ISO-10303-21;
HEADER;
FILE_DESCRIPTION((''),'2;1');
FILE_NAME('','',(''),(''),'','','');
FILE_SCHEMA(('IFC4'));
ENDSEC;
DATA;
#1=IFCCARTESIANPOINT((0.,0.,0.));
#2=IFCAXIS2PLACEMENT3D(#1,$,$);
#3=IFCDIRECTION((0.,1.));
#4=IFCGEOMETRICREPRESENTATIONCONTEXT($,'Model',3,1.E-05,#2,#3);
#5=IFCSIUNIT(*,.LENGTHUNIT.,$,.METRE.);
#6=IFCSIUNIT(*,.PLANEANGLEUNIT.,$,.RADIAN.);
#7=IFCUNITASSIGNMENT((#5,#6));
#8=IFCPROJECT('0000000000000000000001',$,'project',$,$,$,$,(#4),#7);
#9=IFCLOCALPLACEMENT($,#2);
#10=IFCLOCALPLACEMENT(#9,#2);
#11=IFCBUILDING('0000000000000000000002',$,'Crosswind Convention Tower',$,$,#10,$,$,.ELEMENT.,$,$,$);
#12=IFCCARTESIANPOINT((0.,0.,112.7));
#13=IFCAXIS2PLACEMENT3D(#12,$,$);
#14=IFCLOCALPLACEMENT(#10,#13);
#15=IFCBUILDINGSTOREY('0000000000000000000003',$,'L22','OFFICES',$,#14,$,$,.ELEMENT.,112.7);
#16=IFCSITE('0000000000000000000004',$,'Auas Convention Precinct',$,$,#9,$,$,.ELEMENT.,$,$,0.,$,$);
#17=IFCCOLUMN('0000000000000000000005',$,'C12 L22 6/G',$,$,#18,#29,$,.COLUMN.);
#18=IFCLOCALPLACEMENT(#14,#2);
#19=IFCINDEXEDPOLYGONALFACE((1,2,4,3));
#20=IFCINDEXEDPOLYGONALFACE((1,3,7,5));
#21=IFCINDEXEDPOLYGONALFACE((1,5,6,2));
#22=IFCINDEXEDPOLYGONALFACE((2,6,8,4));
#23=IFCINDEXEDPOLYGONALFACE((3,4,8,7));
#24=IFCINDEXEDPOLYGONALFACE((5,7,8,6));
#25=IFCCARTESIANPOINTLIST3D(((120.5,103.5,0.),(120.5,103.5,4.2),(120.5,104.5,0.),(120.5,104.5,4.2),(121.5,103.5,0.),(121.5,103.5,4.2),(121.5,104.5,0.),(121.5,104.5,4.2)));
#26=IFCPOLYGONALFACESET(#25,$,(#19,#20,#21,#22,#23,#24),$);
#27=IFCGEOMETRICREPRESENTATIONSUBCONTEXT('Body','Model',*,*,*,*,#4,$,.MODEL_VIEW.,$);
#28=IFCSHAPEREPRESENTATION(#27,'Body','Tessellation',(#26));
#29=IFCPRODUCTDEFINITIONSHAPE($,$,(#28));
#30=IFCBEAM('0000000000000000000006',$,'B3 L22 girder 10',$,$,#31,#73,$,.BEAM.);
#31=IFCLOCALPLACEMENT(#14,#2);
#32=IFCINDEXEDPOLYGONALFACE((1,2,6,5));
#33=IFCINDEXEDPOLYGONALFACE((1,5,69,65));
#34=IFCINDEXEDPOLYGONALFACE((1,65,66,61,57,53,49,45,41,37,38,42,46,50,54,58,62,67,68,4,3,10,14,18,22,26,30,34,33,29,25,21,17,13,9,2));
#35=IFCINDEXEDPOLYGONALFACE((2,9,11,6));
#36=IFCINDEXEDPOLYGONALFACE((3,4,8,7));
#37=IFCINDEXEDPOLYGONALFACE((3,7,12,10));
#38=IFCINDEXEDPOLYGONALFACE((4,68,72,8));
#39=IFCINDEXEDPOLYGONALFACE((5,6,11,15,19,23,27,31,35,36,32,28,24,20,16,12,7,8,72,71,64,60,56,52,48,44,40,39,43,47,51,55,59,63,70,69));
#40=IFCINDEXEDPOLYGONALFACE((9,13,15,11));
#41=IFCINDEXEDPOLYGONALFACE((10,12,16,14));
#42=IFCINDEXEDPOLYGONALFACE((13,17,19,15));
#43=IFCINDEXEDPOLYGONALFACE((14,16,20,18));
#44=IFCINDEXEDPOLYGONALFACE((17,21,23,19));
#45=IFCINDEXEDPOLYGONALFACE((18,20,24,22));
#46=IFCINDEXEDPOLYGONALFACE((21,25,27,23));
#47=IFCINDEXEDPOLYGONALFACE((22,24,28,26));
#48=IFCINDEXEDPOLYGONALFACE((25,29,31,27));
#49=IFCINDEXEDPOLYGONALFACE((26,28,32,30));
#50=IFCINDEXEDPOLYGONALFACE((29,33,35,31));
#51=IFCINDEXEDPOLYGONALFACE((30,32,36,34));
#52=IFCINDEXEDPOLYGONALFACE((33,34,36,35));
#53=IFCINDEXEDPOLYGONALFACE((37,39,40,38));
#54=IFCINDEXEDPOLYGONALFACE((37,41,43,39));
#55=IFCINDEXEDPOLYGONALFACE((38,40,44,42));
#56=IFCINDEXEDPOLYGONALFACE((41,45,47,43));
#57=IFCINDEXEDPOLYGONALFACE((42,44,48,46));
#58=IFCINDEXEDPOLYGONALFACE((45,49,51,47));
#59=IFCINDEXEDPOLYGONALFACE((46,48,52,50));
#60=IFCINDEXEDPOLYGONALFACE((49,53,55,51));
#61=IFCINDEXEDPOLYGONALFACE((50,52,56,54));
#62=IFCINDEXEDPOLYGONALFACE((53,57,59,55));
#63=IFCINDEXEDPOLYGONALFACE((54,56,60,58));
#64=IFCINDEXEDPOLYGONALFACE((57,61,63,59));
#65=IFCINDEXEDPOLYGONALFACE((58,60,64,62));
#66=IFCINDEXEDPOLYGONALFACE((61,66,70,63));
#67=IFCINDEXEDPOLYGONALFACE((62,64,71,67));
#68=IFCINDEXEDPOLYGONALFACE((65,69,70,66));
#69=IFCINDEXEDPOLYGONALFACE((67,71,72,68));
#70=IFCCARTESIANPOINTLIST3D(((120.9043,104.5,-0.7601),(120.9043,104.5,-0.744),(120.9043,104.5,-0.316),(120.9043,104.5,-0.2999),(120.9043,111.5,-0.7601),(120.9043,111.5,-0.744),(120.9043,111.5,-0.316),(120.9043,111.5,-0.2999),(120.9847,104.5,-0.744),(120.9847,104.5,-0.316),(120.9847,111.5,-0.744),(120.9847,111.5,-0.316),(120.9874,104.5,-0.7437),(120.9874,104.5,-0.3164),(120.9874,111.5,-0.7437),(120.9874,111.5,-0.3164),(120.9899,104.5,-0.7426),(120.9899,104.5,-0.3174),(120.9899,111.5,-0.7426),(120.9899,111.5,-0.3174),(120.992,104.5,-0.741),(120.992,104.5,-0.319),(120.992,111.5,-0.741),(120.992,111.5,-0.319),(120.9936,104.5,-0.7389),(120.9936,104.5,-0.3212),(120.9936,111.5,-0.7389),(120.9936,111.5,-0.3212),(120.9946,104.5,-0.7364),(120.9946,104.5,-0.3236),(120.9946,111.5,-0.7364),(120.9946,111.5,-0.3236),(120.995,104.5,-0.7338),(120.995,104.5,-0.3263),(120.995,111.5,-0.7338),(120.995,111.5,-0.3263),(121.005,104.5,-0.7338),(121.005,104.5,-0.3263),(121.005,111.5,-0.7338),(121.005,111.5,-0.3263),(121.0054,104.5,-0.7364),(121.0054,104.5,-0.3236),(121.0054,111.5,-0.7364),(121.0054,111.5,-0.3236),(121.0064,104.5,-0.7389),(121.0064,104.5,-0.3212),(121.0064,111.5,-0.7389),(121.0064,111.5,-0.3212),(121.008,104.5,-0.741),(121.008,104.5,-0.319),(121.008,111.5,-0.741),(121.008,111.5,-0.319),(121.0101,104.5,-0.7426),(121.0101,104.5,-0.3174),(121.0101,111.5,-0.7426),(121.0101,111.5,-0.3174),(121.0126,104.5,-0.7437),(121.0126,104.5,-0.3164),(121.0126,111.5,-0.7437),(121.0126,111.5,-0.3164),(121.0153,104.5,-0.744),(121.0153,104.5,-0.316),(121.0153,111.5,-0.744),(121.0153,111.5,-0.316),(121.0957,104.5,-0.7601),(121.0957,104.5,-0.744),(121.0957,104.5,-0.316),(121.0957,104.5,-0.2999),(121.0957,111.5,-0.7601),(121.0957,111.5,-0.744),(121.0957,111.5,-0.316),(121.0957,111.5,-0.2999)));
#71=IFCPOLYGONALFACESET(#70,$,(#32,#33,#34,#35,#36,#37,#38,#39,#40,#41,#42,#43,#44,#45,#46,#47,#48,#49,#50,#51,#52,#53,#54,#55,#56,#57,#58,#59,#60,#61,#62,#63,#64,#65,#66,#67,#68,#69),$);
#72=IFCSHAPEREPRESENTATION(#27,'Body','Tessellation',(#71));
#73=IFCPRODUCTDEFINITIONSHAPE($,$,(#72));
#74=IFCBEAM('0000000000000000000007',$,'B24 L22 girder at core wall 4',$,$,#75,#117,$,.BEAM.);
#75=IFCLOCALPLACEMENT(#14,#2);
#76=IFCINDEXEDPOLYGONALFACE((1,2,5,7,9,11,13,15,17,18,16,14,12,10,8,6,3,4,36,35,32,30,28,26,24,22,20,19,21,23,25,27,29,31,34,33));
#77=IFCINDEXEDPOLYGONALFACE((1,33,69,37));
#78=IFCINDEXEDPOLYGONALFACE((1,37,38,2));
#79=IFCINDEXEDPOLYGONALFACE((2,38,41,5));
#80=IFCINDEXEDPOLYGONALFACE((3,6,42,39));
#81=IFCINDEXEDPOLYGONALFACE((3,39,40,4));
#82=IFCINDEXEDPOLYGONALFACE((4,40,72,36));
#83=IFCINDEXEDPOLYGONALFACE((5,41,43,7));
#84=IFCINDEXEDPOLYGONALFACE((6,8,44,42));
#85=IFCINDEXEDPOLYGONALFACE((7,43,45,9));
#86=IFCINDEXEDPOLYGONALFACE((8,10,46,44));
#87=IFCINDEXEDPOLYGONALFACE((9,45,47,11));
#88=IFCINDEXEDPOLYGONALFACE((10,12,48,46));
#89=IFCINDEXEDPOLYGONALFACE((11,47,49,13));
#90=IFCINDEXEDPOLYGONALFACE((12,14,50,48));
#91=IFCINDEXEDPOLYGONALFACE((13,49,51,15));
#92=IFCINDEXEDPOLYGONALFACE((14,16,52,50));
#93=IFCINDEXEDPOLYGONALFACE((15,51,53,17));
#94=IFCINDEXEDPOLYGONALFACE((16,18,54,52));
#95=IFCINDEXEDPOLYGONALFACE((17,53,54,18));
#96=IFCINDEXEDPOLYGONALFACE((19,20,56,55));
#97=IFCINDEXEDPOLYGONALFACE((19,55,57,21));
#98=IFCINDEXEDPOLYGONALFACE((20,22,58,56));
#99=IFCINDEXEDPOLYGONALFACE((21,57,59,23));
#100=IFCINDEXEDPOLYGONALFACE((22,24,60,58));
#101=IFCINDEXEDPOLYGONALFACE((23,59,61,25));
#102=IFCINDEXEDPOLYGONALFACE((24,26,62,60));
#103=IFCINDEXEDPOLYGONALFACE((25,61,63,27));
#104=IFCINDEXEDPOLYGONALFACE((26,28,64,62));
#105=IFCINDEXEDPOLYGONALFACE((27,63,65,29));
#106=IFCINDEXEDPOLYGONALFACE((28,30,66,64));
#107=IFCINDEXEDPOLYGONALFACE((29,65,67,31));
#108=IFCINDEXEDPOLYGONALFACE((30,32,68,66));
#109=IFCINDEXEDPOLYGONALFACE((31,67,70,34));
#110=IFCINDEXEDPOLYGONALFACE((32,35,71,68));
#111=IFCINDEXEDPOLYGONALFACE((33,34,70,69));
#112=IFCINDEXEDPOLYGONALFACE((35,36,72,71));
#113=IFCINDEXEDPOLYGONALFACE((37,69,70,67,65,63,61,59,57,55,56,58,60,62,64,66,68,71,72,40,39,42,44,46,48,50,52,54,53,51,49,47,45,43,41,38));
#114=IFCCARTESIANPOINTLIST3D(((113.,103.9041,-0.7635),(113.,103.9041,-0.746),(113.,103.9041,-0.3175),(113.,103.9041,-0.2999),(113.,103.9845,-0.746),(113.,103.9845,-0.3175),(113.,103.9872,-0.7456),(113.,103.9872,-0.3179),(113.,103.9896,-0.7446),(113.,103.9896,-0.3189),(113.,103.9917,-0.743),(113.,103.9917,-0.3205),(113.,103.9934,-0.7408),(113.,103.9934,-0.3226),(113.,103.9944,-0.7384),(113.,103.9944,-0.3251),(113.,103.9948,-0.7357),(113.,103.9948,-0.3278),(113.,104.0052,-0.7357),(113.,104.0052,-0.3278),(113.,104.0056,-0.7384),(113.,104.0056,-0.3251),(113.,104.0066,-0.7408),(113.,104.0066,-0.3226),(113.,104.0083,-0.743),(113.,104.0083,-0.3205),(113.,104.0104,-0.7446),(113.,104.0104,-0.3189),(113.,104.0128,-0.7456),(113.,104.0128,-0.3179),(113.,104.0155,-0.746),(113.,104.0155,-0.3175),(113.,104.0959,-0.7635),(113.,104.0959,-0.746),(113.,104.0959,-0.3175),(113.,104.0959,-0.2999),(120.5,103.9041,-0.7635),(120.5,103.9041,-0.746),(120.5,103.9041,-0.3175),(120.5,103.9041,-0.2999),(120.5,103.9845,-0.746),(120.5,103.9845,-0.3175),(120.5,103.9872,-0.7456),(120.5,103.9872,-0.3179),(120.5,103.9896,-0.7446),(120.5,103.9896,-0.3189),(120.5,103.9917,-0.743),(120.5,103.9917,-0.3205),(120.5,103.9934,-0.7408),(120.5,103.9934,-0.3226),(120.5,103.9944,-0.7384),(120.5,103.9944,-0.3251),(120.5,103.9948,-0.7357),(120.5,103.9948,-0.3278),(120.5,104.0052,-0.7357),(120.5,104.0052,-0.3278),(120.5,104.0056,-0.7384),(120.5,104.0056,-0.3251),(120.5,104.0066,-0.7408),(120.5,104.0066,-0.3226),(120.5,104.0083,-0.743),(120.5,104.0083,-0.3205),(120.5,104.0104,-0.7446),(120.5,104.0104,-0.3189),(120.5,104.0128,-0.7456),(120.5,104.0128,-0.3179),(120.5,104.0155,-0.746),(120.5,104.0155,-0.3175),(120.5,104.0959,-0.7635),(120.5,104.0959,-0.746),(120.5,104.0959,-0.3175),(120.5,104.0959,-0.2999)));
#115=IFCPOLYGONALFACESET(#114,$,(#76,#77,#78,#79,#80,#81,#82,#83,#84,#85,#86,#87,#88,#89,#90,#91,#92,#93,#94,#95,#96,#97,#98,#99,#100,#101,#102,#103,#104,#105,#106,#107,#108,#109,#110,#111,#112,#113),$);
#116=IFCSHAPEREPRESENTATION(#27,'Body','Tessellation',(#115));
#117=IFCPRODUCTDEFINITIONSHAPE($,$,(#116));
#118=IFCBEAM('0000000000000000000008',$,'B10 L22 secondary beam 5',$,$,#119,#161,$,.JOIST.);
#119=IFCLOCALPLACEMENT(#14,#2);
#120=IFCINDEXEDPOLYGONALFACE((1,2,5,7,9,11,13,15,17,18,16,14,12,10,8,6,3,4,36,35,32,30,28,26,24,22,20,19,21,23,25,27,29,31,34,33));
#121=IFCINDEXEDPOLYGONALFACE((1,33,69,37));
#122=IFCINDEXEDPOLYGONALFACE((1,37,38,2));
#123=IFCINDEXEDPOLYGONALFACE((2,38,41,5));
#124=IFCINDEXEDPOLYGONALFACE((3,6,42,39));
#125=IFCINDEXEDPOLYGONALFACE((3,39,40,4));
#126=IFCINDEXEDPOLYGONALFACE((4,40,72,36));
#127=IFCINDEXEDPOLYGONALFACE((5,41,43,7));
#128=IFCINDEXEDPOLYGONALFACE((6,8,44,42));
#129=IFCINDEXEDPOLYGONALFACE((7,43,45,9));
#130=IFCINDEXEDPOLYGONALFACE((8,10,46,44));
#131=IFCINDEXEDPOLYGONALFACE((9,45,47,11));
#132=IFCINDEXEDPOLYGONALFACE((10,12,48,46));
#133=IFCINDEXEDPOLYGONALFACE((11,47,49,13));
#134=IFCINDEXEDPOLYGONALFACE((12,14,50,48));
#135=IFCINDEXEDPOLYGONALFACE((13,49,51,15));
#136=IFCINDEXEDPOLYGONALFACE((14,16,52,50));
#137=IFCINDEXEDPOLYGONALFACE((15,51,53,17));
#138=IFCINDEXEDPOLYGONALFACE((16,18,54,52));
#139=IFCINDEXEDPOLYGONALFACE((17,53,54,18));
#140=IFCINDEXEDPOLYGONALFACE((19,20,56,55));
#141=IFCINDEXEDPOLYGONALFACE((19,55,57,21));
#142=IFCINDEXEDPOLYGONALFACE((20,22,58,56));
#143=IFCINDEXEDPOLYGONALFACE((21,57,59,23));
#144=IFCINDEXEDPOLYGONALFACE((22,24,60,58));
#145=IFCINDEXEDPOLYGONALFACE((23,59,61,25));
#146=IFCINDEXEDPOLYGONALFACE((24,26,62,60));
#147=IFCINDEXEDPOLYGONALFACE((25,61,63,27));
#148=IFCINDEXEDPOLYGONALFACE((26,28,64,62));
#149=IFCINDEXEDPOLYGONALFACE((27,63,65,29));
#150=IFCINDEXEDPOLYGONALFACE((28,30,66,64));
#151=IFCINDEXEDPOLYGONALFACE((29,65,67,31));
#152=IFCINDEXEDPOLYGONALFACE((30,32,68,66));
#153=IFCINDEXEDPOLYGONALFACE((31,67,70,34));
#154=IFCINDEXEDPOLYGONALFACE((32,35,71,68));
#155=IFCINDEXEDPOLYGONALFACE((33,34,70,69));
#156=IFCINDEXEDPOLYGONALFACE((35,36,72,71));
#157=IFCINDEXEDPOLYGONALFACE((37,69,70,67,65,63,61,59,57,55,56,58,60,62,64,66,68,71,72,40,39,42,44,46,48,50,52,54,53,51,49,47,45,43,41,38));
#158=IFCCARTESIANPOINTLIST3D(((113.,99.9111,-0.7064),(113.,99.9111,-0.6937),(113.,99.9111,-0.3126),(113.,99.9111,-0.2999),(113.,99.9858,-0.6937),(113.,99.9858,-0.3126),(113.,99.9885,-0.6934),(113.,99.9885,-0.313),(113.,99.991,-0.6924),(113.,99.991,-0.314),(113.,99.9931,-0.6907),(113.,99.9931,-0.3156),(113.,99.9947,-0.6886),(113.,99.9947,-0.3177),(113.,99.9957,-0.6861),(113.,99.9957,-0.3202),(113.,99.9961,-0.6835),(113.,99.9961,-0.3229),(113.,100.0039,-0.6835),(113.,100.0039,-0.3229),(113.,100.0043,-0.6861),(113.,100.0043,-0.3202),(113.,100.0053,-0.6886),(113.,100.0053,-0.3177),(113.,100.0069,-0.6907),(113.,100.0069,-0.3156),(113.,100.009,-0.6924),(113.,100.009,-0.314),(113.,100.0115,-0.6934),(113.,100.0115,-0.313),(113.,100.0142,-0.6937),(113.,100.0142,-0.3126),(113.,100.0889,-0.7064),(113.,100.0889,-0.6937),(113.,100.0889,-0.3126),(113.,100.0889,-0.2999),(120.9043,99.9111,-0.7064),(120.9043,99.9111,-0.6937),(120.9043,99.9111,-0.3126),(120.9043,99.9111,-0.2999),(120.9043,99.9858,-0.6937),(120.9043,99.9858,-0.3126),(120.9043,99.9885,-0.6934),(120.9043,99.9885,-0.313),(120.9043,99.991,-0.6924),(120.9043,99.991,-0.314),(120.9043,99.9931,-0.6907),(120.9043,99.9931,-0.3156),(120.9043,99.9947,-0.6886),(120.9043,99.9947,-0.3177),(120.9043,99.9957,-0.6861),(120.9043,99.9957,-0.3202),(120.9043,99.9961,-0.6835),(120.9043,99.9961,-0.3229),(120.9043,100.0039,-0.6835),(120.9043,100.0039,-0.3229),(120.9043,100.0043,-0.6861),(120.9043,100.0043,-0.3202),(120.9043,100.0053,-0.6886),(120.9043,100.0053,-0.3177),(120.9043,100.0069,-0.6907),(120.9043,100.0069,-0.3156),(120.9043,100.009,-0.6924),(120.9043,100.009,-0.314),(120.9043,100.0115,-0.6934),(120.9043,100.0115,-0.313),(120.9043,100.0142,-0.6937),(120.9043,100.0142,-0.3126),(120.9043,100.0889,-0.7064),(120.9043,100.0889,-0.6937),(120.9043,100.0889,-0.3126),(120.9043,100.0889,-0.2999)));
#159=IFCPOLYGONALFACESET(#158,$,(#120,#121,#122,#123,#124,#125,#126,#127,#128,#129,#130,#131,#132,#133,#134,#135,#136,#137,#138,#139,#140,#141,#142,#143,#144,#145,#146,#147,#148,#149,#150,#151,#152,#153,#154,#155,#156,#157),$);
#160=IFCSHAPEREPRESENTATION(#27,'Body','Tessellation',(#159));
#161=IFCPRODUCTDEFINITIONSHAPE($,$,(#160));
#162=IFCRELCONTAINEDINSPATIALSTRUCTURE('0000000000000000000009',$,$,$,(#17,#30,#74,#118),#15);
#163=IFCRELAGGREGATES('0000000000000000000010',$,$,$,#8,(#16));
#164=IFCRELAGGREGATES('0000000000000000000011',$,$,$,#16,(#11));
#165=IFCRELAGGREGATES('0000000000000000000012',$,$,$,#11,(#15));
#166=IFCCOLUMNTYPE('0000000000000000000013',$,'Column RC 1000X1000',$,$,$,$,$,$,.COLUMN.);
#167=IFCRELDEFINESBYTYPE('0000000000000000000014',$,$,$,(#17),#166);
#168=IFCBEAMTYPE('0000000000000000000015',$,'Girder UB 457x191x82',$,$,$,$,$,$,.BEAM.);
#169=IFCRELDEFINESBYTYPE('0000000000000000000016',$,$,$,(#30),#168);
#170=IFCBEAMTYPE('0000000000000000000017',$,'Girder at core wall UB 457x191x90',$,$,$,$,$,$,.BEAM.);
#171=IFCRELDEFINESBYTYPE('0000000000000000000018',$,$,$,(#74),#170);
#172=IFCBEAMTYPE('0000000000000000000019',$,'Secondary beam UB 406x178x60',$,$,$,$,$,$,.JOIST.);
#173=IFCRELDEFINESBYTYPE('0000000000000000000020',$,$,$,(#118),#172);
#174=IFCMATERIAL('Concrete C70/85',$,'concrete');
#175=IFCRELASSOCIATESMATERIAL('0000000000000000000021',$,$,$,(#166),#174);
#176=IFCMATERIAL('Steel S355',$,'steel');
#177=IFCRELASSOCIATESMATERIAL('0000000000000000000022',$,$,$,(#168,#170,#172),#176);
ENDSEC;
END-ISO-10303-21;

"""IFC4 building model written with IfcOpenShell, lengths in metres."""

from ifc_helpers import new_model, si_unit, direction, frame, origin, origin_2d, place, context, subcontext, project, spatial, rectangle, i_section, extrude, material, material_profile, profile_set, type_object, element, save


model = new_model("IFC4")

# Units and contexts
model_context = context("Model", 3, precision=1e-05, world=origin(), true_north=direction((0.0, 1.0)))
body_context = subcontext(model_context, "Body", "Model", "MODEL_VIEW")
ifc_project = project(units=[si_unit("LENGTHUNIT", "METRE"), si_unit("PLANEANGLEUNIT", "RADIAN")], contexts=[model_context])

# Site, building, storey
site_placement = place(None, origin())
site = spatial("IfcSite", under=ifc_project, at=site_placement, Name="Auas Convention Precinct", CompositionType="ELEMENT", RefElevation=0.0)
building_placement = place(site_placement, origin())
building = spatial("IfcBuilding", under=site, at=building_placement, Name="Crosswind Convention Tower", CompositionType="ELEMENT")
storey_placement = place(building_placement, frame((0.0, 0.0, 112.7)))
storey = spatial("IfcBuildingStorey", under=building, at=storey_placement, Name="L22", Description="OFFICES", CompositionType="ELEMENT", Elevation=112.7)

# Column
ifc_material_1 = material(Name="Concrete C70/85", Category="concrete")
ifc_material_profile_1 = material_profile(ifc_material_1, rectangle(XDim=1.0, YDim=1.0, at=origin_2d()), Name="RC 1000X1000")
ifc_profile_set_1 = profile_set([ifc_material_profile_1], Name="Concrete C70/85")
column_type = type_object("IfcColumnType", Name="Column RC 1000X1000", PredefinedType="COLUMN", material=ifc_profile_set_1)
column_placement = place(storey_placement, frame((121.0, 104.0, 0.0), z_axis=(0.0, 0.0, 1.0), x_axis=(1.0, 0.0, 0.0)))
element("IfcColumn", 1, at=column_placement, inside=storey, type_object=column_type, Name="C12 L22 6/G", PredefinedType="COLUMN", context=body_context, shape_type="SweptSolid", body=[
    extrude(rectangle(XDim=1.0, YDim=1.0, at=origin_2d()), origin(), (0.0, 0.0, 1.0), 4.2),
])

# Beams
ifc_material_2 = material(Name="Steel S355", Category="steel")
ifc_material_profile_2 = material_profile(ifc_material_2, i_section(OverallWidth=0.1914, OverallDepth=0.4602, WebThickness=0.01, FlangeThickness=0.0161, FilletRadius=0.0103, at=origin_2d()), Name="UB 457x191x82")
ifc_profile_set_2 = profile_set([ifc_material_profile_2], Name="Steel S355")
beam_type_1 = type_object("IfcBeamType", Name="Girder UB 457x191x82", PredefinedType="BEAM", material=ifc_profile_set_2)
beam_1_placement = place(storey_placement, frame((121.0, 104.5, -0.53), z_axis=(0.0, 1.0, 0.0), x_axis=(-1.0, 0.0, 0.0)))
element("IfcBeam", 2, at=beam_1_placement, inside=storey, type_object=beam_type_1, Name="B3 L22 girder 10", PredefinedType="BEAM", context=body_context, shape_type="SweptSolid", body=[
    extrude(i_section(OverallWidth=0.1914, OverallDepth=0.4602, WebThickness=0.01, FlangeThickness=0.0161, FilletRadius=0.0103, at=origin_2d()), origin(), (0.0, 0.0, 1.0), 7.0),
])
ifc_material_profile_3 = material_profile(ifc_material_2, i_section(OverallWidth=0.1919, OverallDepth=0.4636, WebThickness=0.0105, FlangeThickness=0.0176, FilletRadius=0.0103, at=origin_2d()), Name="UB 457x191x90")
ifc_profile_set_3 = profile_set([ifc_material_profile_3], Name="Steel S355")
beam_type_2 = type_object("IfcBeamType", Name="Girder at core wall UB 457x191x90", PredefinedType="BEAM", material=ifc_profile_set_3)
beam_2_placement = place(storey_placement, frame((113.0, 104.0, -0.5317), z_axis=(1.0, 0.0, 0.0), x_axis=(0.0, 1.0, 0.0)))
element("IfcBeam", 3, at=beam_2_placement, inside=storey, type_object=beam_type_2, Name="B24 L22 girder at core wall 4", PredefinedType="BEAM", context=body_context, shape_type="SweptSolid", body=[
    extrude(i_section(OverallWidth=0.1919, OverallDepth=0.4636, WebThickness=0.0105, FlangeThickness=0.0176, FilletRadius=0.0103, at=origin_2d()), origin(), (0.0, 0.0, 1.0), 7.5),
])
ifc_material_profile_4 = material_profile(ifc_material_2, i_section(OverallWidth=0.1777, OverallDepth=0.4065, WebThickness=0.0078, FlangeThickness=0.0127, FilletRadius=0.0103, at=origin_2d()), Name="UB 406x178x60")
ifc_profile_set_4 = profile_set([ifc_material_profile_4], Name="Steel S355")
beam_type_3 = type_object("IfcBeamType", Name="Secondary beam UB 406x178x60", PredefinedType="JOIST", material=ifc_profile_set_4)
beam_3_placement = place(storey_placement, frame((113.0, 100.0, -0.5032), z_axis=(1.0, 0.0, 0.0), x_axis=(0.0, 1.0, 0.0)))
element("IfcBeam", 4, at=beam_3_placement, inside=storey, type_object=beam_type_3, Name="B10 L22 secondary beam 5", PredefinedType="JOIST", context=body_context, shape_type="SweptSolid", body=[
    extrude(i_section(OverallWidth=0.1777, OverallDepth=0.4065, WebThickness=0.0078, FlangeThickness=0.0127, FilletRadius=0.0103, at=origin_2d()), origin(), (0.0, 0.0, 1.0), 7.9043),
])

save(model, "model.ifc")
